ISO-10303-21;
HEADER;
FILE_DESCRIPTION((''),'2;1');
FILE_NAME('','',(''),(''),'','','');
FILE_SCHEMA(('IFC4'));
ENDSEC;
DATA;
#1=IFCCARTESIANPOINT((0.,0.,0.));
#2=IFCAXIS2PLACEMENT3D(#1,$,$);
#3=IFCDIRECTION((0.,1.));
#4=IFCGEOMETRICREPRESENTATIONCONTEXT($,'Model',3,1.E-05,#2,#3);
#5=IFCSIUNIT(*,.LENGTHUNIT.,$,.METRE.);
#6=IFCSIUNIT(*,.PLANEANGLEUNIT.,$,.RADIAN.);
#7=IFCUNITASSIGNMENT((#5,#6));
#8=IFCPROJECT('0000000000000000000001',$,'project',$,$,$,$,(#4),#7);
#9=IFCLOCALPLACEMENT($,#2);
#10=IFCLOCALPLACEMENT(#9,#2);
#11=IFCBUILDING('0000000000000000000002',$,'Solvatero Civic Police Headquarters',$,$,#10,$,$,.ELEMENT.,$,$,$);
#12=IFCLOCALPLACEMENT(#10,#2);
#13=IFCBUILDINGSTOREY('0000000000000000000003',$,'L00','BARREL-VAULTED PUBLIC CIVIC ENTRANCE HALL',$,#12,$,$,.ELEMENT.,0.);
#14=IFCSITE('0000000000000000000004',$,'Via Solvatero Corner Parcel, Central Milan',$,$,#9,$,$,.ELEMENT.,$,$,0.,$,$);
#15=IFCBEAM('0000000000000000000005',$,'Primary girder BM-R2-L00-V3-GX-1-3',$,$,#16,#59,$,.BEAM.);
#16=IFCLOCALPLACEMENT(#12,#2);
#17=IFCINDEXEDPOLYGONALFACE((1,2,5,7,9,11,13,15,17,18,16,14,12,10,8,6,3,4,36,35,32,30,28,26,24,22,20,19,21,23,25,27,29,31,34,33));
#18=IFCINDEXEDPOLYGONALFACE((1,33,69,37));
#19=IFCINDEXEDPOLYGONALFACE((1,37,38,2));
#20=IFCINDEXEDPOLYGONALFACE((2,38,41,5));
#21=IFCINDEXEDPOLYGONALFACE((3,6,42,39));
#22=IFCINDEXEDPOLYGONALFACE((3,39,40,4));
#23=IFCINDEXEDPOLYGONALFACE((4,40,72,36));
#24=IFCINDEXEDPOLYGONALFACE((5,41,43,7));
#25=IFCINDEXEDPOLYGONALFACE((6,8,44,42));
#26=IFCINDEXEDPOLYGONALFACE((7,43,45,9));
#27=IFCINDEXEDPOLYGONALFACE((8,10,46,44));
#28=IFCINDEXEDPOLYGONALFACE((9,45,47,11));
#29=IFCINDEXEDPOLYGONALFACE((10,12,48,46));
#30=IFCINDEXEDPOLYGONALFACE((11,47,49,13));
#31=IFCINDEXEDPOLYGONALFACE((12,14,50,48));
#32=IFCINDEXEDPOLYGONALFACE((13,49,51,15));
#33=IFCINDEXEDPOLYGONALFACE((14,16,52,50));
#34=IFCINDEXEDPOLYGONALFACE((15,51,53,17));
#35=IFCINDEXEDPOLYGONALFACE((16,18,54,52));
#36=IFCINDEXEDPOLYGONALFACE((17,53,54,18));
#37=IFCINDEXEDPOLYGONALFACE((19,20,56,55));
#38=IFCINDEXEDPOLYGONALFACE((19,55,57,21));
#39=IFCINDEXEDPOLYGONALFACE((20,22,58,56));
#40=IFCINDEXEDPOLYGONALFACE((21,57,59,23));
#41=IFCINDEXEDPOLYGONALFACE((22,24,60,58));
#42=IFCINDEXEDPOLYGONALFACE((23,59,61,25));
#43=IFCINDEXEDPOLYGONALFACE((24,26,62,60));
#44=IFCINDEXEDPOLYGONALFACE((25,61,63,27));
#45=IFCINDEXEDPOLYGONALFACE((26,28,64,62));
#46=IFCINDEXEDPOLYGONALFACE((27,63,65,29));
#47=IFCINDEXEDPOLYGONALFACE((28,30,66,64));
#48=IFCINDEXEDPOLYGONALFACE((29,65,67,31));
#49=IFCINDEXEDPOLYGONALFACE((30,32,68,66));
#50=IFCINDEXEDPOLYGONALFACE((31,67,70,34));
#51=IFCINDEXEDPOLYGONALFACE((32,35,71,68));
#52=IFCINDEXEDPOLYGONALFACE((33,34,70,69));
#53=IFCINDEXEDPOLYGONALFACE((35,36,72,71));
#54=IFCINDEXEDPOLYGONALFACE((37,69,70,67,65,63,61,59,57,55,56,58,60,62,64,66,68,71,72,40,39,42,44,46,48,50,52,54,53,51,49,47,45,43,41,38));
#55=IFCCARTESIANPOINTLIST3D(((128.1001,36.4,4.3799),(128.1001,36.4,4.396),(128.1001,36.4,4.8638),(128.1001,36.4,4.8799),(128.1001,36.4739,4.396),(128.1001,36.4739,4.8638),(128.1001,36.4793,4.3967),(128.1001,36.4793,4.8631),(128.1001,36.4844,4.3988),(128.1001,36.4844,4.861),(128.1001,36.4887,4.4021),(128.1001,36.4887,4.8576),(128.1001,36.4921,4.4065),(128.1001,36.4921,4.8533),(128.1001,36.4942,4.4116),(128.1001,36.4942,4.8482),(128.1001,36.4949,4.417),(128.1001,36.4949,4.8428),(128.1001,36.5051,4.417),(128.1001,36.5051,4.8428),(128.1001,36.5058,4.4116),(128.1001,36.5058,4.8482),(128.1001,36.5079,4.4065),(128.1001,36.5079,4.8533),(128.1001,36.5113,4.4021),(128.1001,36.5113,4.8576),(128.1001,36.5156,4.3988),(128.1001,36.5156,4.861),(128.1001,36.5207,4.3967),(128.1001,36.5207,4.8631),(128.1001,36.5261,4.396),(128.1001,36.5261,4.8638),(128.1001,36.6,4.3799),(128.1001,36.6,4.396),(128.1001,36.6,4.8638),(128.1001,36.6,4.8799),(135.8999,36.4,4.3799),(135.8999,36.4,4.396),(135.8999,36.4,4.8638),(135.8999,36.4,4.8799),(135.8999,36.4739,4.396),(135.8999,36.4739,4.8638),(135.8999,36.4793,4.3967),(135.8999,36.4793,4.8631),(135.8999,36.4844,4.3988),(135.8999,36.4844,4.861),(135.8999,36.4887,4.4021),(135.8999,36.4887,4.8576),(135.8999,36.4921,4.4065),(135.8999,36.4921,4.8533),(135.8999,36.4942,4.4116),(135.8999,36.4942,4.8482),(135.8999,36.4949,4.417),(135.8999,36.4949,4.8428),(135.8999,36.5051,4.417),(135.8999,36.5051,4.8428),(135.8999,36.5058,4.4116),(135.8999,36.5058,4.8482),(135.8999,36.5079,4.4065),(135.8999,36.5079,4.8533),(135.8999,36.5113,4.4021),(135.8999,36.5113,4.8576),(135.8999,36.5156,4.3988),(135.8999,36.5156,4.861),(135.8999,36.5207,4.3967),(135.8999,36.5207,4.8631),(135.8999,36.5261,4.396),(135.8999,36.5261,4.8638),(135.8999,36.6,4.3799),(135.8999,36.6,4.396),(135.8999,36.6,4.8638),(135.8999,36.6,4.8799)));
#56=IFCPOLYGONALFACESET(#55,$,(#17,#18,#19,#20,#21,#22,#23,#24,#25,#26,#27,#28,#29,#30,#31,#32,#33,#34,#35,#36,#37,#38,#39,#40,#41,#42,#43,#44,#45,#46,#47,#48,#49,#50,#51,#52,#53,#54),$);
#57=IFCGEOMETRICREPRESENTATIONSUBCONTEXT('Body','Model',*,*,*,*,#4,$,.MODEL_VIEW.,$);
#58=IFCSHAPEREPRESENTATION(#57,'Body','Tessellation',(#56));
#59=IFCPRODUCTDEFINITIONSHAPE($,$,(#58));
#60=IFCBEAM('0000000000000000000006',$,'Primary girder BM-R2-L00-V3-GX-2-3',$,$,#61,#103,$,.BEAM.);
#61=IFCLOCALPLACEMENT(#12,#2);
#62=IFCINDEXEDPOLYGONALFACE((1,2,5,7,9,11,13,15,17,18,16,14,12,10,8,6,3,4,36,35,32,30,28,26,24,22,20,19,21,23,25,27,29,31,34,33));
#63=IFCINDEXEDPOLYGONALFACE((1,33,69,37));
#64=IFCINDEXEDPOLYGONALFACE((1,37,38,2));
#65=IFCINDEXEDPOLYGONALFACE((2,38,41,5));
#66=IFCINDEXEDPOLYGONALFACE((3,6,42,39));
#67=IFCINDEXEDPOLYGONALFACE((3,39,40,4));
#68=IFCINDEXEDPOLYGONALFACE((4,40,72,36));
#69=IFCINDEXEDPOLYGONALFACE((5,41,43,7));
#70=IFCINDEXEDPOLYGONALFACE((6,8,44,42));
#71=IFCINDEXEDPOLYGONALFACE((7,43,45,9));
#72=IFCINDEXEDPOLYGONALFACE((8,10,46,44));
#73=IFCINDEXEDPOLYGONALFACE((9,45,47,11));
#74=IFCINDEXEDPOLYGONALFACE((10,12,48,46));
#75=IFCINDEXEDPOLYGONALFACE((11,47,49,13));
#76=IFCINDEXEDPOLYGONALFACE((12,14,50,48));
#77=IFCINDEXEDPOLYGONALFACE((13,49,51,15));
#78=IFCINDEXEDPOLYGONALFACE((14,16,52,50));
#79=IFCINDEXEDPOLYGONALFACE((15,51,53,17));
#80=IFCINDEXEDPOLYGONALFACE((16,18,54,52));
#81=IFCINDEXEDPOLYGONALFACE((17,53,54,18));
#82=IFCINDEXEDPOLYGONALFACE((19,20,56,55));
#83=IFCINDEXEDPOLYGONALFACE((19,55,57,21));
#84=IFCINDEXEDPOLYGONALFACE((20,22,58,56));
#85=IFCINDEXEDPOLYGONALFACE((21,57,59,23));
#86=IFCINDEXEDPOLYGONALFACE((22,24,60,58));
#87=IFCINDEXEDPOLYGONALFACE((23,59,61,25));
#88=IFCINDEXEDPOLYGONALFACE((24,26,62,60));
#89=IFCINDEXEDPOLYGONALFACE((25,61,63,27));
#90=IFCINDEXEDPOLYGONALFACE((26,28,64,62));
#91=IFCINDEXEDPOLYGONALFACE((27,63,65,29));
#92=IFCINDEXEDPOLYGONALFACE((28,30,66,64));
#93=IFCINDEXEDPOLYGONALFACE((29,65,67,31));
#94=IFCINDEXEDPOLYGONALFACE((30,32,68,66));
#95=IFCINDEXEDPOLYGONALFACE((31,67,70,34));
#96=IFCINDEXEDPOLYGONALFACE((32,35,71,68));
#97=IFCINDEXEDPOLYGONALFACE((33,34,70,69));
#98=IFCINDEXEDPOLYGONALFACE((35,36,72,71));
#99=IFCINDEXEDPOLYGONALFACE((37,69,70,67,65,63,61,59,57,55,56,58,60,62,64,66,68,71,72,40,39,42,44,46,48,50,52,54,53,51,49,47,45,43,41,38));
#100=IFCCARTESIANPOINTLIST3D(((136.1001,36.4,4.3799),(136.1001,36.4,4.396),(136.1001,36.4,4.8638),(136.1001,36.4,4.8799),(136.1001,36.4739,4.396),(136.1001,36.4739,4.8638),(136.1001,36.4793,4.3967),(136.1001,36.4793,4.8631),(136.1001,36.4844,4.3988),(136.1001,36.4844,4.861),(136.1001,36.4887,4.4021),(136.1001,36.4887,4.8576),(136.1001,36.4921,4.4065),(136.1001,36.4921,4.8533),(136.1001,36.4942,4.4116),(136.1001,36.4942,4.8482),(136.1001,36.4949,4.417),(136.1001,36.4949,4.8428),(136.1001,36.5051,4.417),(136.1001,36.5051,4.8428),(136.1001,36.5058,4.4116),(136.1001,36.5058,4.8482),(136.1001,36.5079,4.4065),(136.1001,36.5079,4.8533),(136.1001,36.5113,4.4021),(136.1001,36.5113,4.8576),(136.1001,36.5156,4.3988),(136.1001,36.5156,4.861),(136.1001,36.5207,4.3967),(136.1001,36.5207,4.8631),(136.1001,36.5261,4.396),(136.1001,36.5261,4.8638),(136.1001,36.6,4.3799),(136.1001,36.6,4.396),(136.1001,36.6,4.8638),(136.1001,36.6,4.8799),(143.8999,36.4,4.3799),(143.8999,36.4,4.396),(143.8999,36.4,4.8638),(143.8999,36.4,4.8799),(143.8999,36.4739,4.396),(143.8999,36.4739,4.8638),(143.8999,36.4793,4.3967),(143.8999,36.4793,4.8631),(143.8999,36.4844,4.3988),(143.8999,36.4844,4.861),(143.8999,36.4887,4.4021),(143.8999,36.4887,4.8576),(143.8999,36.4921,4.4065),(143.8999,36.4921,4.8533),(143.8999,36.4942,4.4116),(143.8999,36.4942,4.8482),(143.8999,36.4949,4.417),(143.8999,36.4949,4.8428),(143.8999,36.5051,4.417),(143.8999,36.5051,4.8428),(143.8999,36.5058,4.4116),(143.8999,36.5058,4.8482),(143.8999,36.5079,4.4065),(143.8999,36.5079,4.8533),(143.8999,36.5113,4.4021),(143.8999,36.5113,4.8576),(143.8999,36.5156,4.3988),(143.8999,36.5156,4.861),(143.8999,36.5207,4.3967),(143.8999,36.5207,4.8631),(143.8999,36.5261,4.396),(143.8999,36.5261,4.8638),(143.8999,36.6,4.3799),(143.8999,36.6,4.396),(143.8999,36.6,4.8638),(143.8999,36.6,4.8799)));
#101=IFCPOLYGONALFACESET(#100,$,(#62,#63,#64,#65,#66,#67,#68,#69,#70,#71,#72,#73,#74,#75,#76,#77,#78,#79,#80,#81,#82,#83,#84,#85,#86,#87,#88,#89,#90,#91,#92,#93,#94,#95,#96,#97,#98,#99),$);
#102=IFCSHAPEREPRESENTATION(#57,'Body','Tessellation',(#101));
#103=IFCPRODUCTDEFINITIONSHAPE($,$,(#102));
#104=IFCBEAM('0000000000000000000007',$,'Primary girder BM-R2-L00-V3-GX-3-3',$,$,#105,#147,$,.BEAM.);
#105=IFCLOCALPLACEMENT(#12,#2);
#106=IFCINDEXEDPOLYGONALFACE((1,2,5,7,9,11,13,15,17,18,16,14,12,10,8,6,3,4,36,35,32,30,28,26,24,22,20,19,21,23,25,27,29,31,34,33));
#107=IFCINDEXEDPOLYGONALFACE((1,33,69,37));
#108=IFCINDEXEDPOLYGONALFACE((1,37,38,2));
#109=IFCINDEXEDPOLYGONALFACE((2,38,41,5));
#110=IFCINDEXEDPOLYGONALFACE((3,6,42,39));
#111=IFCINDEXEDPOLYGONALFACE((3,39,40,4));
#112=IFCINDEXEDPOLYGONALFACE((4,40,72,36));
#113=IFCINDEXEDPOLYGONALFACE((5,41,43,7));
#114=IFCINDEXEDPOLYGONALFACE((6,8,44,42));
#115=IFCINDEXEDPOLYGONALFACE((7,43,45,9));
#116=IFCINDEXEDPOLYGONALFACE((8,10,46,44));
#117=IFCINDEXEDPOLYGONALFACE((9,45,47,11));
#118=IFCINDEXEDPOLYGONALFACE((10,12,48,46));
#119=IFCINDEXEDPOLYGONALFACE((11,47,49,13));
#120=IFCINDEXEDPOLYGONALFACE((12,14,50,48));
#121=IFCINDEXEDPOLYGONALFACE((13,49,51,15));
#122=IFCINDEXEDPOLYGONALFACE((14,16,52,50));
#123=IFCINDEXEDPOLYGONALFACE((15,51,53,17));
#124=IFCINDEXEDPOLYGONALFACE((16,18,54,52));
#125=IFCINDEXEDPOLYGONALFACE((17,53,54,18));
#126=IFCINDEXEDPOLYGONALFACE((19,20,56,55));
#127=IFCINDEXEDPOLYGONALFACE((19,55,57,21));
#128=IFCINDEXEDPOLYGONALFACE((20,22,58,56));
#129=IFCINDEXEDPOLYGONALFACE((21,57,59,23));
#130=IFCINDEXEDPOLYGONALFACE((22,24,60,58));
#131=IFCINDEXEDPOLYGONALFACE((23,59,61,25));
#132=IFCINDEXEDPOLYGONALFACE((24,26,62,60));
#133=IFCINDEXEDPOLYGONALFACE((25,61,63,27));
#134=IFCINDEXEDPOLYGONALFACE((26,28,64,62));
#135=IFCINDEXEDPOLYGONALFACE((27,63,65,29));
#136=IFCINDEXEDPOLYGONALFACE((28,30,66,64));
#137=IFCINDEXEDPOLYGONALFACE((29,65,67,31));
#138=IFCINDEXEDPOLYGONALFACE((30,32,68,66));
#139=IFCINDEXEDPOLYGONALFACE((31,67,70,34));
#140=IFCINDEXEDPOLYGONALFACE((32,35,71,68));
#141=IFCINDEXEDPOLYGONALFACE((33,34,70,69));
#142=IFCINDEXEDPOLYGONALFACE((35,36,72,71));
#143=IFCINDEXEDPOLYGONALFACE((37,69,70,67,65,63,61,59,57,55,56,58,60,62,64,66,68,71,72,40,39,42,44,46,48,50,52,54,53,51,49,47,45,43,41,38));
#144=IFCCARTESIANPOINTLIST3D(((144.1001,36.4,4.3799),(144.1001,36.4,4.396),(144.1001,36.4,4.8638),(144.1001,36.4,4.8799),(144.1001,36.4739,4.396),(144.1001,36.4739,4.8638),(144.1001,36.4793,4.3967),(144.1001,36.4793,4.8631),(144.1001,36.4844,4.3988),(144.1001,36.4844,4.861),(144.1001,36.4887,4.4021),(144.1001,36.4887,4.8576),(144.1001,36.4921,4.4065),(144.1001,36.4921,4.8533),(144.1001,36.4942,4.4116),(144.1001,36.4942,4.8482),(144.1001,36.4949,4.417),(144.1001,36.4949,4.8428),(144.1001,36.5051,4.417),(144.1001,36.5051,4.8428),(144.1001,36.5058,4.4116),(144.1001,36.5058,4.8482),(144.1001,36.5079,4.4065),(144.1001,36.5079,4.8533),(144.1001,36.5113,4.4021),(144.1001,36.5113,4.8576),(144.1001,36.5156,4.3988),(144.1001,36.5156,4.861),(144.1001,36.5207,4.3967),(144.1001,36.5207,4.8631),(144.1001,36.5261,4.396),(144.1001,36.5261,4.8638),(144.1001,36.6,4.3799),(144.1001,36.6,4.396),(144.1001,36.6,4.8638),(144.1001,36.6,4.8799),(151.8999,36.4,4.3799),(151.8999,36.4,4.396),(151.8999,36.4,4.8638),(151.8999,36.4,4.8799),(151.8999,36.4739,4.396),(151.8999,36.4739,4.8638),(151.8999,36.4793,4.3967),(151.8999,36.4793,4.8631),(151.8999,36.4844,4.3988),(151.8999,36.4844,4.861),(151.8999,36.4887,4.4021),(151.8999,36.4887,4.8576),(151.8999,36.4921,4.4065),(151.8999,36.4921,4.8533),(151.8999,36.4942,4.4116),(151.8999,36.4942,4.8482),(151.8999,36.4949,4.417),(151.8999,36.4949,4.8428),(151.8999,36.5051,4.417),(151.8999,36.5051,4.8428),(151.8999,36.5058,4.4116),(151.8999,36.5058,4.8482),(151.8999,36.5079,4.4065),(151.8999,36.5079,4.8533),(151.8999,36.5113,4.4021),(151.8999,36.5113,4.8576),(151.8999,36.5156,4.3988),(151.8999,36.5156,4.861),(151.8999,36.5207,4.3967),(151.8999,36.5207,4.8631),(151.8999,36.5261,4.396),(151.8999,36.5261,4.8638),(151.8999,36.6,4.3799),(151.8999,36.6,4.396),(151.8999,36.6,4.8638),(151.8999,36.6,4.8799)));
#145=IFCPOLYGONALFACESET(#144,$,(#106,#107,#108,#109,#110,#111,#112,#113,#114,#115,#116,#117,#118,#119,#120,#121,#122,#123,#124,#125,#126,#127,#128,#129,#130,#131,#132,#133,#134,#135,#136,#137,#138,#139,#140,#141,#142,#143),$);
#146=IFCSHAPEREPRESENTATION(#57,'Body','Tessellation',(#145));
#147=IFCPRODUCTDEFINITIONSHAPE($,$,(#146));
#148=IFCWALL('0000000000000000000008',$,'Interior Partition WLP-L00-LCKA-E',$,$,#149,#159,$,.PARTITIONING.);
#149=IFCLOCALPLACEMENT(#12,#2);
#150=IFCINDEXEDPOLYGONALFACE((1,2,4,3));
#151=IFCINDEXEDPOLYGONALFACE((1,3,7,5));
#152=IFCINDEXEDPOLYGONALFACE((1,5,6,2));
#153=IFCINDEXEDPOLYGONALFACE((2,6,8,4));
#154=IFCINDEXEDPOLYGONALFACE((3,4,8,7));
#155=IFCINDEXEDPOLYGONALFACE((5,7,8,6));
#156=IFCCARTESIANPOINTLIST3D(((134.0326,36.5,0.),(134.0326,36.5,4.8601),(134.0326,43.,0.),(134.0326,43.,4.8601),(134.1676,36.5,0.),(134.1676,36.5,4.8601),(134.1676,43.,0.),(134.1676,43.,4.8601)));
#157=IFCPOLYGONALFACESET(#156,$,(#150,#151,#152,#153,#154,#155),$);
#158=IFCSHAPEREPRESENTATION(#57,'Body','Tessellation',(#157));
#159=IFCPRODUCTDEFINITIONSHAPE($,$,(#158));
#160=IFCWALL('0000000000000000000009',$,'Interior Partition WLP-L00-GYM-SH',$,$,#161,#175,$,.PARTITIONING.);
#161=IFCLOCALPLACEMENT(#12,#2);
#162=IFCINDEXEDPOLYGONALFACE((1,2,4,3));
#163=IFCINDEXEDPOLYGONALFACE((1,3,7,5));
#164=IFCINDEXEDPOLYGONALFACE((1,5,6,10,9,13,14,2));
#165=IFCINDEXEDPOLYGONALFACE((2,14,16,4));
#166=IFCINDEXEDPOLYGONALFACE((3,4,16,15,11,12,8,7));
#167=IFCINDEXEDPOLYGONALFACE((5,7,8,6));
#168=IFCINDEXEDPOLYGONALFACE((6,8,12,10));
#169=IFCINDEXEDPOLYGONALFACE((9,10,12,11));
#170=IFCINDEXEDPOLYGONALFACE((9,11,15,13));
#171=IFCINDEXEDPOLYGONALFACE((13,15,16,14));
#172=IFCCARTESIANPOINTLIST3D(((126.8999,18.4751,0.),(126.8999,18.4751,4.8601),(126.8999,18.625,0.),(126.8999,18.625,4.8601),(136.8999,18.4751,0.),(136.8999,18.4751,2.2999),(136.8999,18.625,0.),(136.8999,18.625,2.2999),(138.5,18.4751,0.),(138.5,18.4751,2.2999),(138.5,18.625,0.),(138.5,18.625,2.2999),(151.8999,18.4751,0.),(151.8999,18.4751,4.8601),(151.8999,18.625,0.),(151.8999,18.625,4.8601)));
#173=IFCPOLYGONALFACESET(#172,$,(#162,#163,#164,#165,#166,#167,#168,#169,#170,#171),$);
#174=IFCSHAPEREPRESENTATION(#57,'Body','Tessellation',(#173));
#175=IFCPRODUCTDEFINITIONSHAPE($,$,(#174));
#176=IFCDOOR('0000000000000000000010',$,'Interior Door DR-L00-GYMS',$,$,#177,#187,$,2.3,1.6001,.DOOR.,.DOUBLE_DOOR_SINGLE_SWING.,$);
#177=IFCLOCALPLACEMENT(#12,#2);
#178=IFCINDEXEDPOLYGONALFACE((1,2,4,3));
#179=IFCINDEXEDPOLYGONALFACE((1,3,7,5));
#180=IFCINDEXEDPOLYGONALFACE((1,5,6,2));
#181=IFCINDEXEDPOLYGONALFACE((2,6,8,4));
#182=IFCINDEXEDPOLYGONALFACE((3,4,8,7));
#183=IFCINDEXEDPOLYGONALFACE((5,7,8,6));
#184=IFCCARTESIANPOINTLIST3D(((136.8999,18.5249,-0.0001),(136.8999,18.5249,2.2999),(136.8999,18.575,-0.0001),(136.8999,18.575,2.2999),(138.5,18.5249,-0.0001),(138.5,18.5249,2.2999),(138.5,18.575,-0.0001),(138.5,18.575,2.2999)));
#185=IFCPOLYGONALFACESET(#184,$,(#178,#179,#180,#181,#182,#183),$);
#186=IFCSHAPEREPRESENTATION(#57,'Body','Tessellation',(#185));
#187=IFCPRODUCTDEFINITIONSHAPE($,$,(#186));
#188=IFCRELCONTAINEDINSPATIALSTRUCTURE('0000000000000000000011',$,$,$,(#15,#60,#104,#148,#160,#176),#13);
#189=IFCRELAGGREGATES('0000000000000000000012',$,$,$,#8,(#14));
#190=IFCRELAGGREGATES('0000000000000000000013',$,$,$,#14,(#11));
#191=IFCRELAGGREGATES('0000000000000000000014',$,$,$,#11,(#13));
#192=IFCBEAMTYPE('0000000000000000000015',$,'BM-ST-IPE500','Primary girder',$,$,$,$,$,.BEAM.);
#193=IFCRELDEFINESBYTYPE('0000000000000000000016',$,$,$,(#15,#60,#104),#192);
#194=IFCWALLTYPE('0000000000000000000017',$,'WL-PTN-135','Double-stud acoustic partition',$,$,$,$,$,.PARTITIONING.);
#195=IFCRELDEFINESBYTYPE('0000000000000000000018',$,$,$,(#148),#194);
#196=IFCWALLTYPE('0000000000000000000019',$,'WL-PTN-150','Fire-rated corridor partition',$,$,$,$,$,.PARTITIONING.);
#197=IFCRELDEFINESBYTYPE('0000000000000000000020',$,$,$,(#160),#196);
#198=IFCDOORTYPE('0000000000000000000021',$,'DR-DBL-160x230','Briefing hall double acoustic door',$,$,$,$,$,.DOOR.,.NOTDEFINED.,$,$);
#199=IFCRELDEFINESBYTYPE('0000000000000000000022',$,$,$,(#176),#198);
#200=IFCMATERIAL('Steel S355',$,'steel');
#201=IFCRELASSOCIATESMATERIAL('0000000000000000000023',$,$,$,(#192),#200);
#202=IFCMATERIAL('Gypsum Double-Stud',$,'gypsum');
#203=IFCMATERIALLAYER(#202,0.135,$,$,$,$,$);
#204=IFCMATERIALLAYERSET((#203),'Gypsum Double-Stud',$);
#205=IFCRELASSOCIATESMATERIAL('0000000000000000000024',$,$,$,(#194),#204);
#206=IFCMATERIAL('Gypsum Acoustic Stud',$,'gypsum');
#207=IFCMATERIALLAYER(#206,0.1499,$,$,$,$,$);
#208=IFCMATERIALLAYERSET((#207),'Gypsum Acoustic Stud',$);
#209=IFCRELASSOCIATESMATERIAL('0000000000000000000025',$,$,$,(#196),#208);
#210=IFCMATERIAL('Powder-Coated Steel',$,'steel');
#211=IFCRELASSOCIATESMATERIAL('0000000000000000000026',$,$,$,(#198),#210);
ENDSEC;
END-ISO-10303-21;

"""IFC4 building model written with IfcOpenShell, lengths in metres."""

from ifc_helpers import new_model, si_unit, direction, frame, frame_2d, origin, origin_2d, place, context, subcontext, project, spatial, rectangle, i_section, extrude, material, layer, layer_set, material_profile, profile_set, type_object, element, fill, save


model = new_model("IFC4")

# Units and contexts
model_context = context("Model", 3, precision=1e-05, world=origin(), true_north=direction((0.0, 1.0)))
body_context = subcontext(model_context, "Body", "Model", "MODEL_VIEW")
ifc_project = project(units=[si_unit("LENGTHUNIT", "METRE"), si_unit("PLANEANGLEUNIT", "RADIAN")], contexts=[model_context])

# Site, building, storey
site_placement = place(None, origin())
site = spatial("IfcSite", under=ifc_project, at=site_placement, Name="Via Solvatero Corner Parcel, Central Milan", CompositionType="ELEMENT", RefElevation=0.0)
building_placement = place(site_placement, origin())
building = spatial("IfcBuilding", under=site, at=building_placement, Name="Solvatero Civic Police Headquarters", CompositionType="ELEMENT")
storey_placement = place(building_placement, origin())
storey = spatial("IfcBuildingStorey", under=building, at=storey_placement, Name="L00", Description="BARREL-VAULTED PUBLIC CIVIC ENTRANCE HALL", CompositionType="ELEMENT", Elevation=0.0)

# Beams
ifc_material_1 = material(Name="Steel S355", Category="steel")
ifc_material_profile_1 = material_profile(ifc_material_1, i_section(OverallWidth=0.2, OverallDepth=0.5, WebThickness=0.0103, FlangeThickness=0.0161, FilletRadius=0.021, at=origin_2d()), Name="IPE 500")
ifc_profile_set_1 = profile_set([ifc_material_profile_1], Name="Steel S355")
beam_type_1 = type_object("IfcBeamType", Name="BM-ST-IPE500", Description="Primary girder", PredefinedType="BEAM", material=ifc_profile_set_1)
for number, where, z_axis, x_axis, name in (
    (1, (128.1001, 36.5, 4.6299), (1.0, 0.0, 0.0), (0.0, 1.0, 0.0), "Primary girder BM-R2-L00-V3-GX-1-3"),
    (2, (136.1001, 36.5, 4.6299), (1.0, 0.0, 0.0), (0.0, 1.0, 0.0), "Primary girder BM-R2-L00-V3-GX-2-3"),
    (3, (144.1001, 36.5, 4.6299), (1.0, 0.0, 0.0), (0.0, 1.0, 0.0), "Primary girder BM-R2-L00-V3-GX-3-3"),
):
    element("IfcBeam", number, at=place(storey_placement, frame(where, z_axis=z_axis, x_axis=x_axis)), inside=storey, type_object=beam_type_1, Name=name, PredefinedType="BEAM", context=body_context, shape_type="SweptSolid", body=[
        extrude(i_section(OverallWidth=0.2, OverallDepth=0.5, WebThickness=0.0103, FlangeThickness=0.0161, FilletRadius=0.021, at=origin_2d()), origin(), (0.0, 0.0, 1.0), 7.7998),
    ])

# Wall
ifc_material_2 = material(Name="Gypsum Double-Stud", Category="gypsum")
ifc_layer_1 = layer(ifc_material_2, 0.135)
ifc_layer_set_1 = layer_set([ifc_layer_1], Name="Gypsum Double-Stud")
wall_type_1 = type_object("IfcWallType", Name="WL-PTN-135", Description="Double-stud acoustic partition", PredefinedType="PARTITIONING", material=ifc_layer_set_1)
wall_1_placement = place(storey_placement, frame((134.1001, 36.5, 0.0), z_axis=(0.0, 0.0, 1.0), x_axis=(0.0, 1.0, 0.0)))
element("IfcWall", 4, at=wall_1_placement, inside=storey, type_object=wall_type_1, Name="Interior Partition WLP-L00-LCKA-E", PredefinedType="PARTITIONING", context=body_context, shape_type="SweptSolid", body=[
    extrude(rectangle(XDim=6.5, YDim=0.135, at=frame_2d((3.25, 0.0))), origin(), (0.0, 0.0, 1.0), 4.8601),
])

# Wall, opening, door
ifc_material_3 = material(Name="Gypsum Acoustic Stud", Category="gypsum")
ifc_layer_2 = layer(ifc_material_3, 0.1499)
ifc_layer_set_2 = layer_set([ifc_layer_2], Name="Gypsum Acoustic Stud")
wall_type_2 = type_object("IfcWallType", Name="WL-PTN-150", Description="Fire-rated corridor partition", PredefinedType="PARTITIONING", material=ifc_layer_set_2)
wall_2_placement = place(storey_placement, frame((126.8999, 18.55, 0.0), z_axis=(0.0, 0.0, 1.0), x_axis=(1.0, 0.0, 0.0)))
wall_2 = element("IfcWall", 5, at=wall_2_placement, inside=storey, type_object=wall_type_2, Name="Interior Partition WLP-L00-GYM-SH", PredefinedType="PARTITIONING", context=body_context, shape_type="SweptSolid", body=[
    extrude(rectangle(XDim=25.0, YDim=0.1499, at=frame_2d((12.5, 0.0))), origin(), (0.0, 0.0, 1.0), 4.8601),
])
opening_1_placement = place(wall_2_placement, frame((10.0, 0.0, 0.0)))
opening_1 = element("IfcOpeningElement", 6, at=opening_1_placement, cuts=wall_2, PredefinedType="OPENING", context=body_context, shape_type="SweptSolid", body=[
    extrude(rectangle(XDim=1.6001, YDim=2.3, at=frame_2d((0.8, 1.1499))), frame((0.0, 0.085, 0.0), z_axis=(0.0, -1.0, 0.0), x_axis=(1.0, 0.0, 0.0)), (0.0, 0.0, 1.0), 0.1699),
])
ifc_material_4 = material(Name="Powder-Coated Steel", Category="steel")
door_type_1 = type_object("IfcDoorType", Name="DR-DBL-160x230", Description="Briefing hall double acoustic door", OperationType="NOTDEFINED", PredefinedType="DOOR", material=ifc_material_4)
door_1_placement = place(opening_1_placement, origin())
door_1 = element("IfcDoor", 7, at=door_1_placement, inside=storey, type_object=door_type_1, Name="Interior Door DR-L00-GYMS", OperationType="DOUBLE_DOOR_SINGLE_SWING", OverallHeight=2.3, OverallWidth=1.6001, PredefinedType="DOOR", context=body_context, shape_type="SweptSolid", body=[
    extrude(rectangle(XDim=1.6001, YDim=2.3, at=frame_2d((0.8, 1.1499))), frame((0.0, 0.0249, 0.0), z_axis=(0.0, -1.0, 0.0), x_axis=(1.0, 0.0, 0.0)), (0.0, 0.0, 1.0), 0.05),
])
fill(opening_1, door_1)

save(model, "model.ifc")
